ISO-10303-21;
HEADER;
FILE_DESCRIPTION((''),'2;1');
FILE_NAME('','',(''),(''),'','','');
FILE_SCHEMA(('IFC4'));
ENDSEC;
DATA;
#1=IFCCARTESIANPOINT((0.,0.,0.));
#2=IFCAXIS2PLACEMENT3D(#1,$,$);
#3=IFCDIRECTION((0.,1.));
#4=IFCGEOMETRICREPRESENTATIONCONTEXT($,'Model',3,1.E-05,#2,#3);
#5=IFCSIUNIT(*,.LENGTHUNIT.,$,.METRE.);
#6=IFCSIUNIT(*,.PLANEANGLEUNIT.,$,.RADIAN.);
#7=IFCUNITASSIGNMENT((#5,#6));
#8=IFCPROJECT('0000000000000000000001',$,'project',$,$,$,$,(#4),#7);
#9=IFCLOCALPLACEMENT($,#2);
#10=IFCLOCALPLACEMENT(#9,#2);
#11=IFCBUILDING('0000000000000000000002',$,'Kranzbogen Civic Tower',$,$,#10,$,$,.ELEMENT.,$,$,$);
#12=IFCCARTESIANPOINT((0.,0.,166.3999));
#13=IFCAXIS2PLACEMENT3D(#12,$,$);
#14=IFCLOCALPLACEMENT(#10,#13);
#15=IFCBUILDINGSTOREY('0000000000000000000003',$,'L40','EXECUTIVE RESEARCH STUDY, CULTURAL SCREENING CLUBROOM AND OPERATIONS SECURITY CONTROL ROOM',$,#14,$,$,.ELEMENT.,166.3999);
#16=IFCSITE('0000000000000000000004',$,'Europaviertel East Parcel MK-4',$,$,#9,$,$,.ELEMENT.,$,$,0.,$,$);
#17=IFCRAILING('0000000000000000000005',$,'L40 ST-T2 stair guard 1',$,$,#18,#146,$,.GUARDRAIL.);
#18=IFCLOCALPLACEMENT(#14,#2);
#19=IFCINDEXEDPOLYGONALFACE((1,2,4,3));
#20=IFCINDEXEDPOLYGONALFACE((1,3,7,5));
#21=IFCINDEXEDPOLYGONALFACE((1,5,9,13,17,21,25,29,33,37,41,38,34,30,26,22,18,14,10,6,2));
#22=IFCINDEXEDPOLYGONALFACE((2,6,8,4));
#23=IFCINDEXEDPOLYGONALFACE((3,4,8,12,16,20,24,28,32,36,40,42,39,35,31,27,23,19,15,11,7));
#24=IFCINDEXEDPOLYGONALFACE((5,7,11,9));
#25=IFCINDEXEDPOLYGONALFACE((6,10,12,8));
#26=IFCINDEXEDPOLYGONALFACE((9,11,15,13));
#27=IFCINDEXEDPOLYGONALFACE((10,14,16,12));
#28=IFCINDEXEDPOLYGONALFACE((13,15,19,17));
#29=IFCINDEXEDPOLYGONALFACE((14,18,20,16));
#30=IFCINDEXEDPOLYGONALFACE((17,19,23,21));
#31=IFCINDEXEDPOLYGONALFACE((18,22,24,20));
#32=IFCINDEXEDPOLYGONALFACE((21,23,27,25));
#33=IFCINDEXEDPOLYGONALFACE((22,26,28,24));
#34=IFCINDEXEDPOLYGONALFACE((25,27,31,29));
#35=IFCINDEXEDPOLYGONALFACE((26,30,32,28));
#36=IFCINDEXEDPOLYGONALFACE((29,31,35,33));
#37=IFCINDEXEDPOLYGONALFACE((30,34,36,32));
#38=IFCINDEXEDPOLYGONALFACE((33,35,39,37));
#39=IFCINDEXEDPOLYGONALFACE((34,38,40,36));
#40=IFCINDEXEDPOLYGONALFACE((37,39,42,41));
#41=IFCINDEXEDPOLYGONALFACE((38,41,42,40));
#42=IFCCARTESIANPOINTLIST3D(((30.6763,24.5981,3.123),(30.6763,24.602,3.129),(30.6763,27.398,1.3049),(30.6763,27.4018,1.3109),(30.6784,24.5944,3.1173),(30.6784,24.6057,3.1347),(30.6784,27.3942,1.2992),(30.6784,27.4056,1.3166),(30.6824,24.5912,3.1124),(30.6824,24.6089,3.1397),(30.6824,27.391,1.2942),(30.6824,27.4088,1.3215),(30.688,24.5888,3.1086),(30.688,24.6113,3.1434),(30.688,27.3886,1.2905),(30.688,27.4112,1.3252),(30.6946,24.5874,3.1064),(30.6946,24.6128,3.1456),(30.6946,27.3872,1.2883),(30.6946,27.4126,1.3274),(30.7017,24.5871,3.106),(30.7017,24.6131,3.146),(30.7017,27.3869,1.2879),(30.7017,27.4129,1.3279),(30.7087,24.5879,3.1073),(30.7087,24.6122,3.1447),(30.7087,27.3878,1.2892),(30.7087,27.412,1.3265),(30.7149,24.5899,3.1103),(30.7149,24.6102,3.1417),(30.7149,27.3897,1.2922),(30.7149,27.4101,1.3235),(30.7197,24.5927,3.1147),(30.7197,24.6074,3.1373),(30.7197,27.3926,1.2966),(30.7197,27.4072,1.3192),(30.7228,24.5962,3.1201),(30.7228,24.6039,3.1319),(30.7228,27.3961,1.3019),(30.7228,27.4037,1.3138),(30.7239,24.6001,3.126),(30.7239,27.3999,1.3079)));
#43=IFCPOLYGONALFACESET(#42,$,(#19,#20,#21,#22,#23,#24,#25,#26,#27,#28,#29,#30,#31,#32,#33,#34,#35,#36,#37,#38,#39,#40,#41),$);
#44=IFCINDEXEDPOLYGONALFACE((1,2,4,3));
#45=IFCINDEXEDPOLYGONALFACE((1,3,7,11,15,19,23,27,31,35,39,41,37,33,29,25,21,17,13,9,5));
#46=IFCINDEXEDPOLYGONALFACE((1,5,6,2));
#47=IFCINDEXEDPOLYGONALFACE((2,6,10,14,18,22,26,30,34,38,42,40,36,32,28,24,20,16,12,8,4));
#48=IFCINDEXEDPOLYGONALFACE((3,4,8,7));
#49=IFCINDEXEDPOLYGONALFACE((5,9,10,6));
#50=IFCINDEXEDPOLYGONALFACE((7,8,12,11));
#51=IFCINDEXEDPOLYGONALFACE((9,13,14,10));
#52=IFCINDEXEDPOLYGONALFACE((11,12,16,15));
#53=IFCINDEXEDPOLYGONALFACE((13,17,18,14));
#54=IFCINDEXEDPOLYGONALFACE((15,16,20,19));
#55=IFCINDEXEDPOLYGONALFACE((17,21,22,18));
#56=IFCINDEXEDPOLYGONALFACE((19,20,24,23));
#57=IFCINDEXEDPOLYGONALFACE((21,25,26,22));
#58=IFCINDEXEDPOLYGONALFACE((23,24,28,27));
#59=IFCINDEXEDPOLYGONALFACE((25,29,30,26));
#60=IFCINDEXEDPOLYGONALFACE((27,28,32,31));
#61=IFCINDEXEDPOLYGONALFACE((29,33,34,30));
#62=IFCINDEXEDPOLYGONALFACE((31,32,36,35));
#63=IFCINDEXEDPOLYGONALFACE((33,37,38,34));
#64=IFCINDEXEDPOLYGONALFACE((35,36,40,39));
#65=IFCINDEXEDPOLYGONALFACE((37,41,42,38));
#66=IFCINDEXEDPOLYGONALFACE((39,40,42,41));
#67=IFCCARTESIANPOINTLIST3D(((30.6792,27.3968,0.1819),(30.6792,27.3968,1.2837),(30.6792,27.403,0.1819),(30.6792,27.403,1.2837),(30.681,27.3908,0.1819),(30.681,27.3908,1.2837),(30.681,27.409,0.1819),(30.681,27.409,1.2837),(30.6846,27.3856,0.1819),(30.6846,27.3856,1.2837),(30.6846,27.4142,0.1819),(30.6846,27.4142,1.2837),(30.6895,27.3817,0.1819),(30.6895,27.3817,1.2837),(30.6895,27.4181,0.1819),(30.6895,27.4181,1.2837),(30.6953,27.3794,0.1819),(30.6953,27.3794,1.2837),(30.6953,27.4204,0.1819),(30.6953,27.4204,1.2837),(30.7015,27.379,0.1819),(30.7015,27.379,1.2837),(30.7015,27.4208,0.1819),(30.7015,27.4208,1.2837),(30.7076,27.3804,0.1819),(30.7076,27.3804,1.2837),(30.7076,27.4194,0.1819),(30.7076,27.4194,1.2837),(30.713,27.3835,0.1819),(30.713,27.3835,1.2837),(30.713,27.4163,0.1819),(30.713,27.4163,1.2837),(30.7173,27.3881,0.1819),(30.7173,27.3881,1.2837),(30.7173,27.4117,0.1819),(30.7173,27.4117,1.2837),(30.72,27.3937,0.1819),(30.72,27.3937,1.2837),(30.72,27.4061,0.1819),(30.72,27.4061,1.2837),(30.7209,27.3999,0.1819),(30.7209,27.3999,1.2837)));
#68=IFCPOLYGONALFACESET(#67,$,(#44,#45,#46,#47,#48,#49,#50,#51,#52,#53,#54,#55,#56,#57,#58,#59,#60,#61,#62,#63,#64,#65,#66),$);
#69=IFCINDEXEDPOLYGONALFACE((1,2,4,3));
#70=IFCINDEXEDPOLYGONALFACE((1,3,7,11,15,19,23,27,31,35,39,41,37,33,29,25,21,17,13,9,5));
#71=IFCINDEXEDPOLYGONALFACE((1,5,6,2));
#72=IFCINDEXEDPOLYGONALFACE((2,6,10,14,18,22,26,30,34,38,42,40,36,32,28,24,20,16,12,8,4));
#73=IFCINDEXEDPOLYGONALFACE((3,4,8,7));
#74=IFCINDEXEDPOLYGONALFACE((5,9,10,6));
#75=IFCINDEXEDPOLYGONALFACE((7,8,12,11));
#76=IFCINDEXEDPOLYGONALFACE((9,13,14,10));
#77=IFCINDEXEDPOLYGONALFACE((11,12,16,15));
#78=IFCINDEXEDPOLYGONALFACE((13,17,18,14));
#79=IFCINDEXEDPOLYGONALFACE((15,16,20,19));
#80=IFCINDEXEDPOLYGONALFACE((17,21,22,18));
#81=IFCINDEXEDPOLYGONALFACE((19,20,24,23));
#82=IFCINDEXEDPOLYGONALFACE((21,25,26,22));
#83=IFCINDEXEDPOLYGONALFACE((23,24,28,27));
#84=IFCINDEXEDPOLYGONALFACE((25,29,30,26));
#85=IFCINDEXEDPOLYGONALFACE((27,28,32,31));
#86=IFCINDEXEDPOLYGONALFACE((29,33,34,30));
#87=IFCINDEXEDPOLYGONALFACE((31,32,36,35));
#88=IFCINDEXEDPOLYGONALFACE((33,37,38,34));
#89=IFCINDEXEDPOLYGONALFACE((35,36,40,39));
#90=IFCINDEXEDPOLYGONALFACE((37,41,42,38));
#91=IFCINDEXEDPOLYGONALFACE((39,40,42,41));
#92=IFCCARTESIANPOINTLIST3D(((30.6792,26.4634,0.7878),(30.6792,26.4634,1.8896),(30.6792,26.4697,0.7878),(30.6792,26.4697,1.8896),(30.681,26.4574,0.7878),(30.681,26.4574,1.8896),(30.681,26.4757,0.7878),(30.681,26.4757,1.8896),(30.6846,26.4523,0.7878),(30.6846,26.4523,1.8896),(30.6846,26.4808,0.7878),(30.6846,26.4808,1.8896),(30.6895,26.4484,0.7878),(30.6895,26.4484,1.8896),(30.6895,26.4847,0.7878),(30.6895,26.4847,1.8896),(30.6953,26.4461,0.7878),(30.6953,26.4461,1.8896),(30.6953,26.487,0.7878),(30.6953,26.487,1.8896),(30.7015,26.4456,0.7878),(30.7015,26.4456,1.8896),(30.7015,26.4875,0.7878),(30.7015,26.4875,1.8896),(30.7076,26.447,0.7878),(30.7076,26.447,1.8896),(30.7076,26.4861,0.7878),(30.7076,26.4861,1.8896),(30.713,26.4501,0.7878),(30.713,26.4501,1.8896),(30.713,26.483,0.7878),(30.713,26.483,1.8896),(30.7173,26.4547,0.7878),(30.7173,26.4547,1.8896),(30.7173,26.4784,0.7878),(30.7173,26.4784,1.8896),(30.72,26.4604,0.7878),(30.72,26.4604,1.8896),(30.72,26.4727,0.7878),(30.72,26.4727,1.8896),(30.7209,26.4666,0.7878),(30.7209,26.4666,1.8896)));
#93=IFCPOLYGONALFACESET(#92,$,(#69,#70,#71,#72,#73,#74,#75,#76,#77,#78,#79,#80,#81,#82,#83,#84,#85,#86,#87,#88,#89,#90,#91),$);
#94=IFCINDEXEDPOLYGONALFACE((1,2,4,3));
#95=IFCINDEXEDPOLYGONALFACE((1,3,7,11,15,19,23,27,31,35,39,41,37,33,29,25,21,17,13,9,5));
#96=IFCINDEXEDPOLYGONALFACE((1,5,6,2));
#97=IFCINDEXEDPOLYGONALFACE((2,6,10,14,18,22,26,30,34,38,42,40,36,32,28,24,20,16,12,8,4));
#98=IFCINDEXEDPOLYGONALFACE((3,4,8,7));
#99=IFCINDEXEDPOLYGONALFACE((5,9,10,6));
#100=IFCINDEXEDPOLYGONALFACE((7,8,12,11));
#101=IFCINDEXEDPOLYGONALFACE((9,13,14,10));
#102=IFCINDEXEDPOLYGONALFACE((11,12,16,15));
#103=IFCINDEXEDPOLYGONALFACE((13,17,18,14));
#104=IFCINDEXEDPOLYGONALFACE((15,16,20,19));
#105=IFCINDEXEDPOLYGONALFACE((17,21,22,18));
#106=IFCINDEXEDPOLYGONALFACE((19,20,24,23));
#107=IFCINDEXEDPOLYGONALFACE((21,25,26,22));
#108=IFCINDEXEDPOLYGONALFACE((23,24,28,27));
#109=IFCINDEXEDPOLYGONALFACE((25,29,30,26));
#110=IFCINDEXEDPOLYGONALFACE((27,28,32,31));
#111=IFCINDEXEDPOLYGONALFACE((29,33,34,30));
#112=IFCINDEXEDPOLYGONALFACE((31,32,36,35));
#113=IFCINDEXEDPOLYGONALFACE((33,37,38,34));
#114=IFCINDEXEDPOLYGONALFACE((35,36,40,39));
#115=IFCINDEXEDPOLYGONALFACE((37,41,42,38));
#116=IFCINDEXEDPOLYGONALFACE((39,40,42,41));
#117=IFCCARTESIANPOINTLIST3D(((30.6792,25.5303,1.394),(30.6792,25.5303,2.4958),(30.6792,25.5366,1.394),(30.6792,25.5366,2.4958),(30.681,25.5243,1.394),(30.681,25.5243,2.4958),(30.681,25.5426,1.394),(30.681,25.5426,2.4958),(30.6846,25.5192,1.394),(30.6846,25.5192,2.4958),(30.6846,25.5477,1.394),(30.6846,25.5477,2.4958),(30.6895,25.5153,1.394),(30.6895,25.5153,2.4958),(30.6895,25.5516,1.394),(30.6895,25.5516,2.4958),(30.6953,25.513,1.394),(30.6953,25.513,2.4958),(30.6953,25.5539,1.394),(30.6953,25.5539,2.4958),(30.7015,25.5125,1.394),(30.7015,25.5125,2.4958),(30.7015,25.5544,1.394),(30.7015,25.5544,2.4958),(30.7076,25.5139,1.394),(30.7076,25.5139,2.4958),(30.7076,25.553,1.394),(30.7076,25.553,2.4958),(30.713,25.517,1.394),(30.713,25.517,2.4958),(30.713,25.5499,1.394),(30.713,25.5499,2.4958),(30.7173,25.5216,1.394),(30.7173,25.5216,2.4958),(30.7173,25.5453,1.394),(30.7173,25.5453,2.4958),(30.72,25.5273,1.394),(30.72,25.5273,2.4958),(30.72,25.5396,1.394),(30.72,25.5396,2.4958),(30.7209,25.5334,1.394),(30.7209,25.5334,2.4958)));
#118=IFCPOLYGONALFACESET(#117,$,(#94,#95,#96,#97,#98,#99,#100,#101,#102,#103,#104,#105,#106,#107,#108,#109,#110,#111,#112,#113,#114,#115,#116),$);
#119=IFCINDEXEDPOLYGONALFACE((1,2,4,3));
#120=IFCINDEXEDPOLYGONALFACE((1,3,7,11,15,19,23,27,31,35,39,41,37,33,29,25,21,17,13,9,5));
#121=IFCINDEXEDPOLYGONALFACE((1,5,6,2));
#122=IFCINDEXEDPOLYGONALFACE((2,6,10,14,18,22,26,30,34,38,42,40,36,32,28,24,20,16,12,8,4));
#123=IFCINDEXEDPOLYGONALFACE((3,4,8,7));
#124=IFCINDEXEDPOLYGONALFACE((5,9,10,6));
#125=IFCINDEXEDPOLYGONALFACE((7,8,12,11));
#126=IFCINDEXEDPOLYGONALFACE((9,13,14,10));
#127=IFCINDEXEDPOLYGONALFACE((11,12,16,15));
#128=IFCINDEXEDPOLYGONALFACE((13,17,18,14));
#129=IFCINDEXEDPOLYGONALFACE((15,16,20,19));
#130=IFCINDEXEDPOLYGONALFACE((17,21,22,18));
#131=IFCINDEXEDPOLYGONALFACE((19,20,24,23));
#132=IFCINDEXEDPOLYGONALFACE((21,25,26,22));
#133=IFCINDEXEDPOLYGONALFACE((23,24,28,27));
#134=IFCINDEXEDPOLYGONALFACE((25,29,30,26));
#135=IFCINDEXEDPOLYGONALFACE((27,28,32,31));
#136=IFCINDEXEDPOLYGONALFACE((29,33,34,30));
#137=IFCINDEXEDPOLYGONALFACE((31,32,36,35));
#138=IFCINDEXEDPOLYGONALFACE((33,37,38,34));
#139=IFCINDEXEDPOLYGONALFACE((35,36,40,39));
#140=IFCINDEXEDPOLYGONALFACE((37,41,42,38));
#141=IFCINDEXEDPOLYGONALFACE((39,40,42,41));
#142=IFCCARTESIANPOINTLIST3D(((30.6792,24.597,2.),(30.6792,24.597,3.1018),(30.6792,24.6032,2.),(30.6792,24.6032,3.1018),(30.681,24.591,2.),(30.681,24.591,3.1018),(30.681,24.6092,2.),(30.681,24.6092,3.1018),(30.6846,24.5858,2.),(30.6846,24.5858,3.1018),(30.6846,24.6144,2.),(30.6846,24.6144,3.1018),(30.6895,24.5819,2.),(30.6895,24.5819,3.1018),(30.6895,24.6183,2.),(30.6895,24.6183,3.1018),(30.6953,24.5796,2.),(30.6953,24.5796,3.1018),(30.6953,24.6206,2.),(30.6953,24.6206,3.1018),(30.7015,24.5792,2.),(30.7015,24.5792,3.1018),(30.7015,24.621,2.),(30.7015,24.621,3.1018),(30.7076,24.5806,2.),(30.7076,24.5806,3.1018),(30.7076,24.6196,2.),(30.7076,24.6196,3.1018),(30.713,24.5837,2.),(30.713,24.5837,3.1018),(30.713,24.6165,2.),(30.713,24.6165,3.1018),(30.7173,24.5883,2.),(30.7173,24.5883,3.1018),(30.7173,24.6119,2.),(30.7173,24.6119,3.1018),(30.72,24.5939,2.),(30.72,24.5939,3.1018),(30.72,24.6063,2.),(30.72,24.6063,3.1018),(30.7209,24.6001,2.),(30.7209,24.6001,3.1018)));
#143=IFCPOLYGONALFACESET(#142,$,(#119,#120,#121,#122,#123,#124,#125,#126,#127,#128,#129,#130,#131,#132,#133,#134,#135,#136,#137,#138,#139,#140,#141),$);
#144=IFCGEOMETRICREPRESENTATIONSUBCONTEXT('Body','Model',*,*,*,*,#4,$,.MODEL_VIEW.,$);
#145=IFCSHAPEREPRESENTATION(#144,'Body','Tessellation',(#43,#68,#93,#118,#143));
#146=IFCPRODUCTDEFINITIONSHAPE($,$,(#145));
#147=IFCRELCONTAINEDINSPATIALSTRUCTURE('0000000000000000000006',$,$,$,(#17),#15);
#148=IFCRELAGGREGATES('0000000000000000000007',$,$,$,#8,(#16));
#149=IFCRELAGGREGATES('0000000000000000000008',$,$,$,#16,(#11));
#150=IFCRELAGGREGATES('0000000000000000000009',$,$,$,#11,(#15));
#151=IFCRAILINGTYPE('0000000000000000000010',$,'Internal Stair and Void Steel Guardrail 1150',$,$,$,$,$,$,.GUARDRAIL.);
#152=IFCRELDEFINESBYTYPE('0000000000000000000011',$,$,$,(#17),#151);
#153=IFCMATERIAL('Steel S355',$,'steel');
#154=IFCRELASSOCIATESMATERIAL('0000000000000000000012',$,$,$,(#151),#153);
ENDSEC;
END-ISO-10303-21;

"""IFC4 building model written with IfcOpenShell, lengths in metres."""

from ifc_helpers import new_model, si_unit, direction, frame, origin, origin_2d, place, context, subcontext, project, spatial, circle, extrude, material, type_object, element, save


model = new_model("IFC4")

# Units and contexts
model_context = context("Model", 3, precision=1e-05, world=origin(), true_north=direction((0.0, 1.0)))
body_context = subcontext(model_context, "Body", "Model", "MODEL_VIEW")
ifc_project = project(units=[si_unit("LENGTHUNIT", "METRE"), si_unit("PLANEANGLEUNIT", "RADIAN")], contexts=[model_context])

# Site, building, storey
site_placement = place(None, origin())
site = spatial("IfcSite", under=ifc_project, at=site_placement, Name="Europaviertel East Parcel MK-4", CompositionType="ELEMENT", RefElevation=0.0)
building_placement = place(site_placement, origin())
building = spatial("IfcBuilding", under=site, at=building_placement, Name="Kranzbogen Civic Tower", CompositionType="ELEMENT")
storey_placement = place(building_placement, frame((0.0, 0.0, 166.3999)))
storey = spatial("IfcBuildingStorey", under=building, at=storey_placement, Name="L40", Description="EXECUTIVE RESEARCH STUDY, CULTURAL SCREENING CLUBROOM AND OPERATIONS SECURITY CONTROL ROOM", CompositionType="ELEMENT", Elevation=166.3999)

# Shared definitions
ifc_material_1 = material(Name="Steel S355", Category="steel")

# Railing
railing_type_1 = type_object("IfcRailingType", Name="Internal Stair and Void Steel Guardrail 1150", PredefinedType="GUARDRAIL", material=ifc_material_1)
railing_1_placement = place(storey_placement, frame((30.7, 27.3999, 0.1819)))
element("IfcRailing", 1, at=railing_1_placement, inside=storey, type_object=railing_type_1, Name="L40 ST-T2 stair guard 1", PredefinedType="GUARDRAIL", context=body_context, shape_type="SweptSolid", body=[
    extrude(circle(Radius=0.0239, at=origin_2d()), frame((0.0, 0.0, 1.126), z_axis=(0.0, -0.838684, 0.544618), x_axis=(1.0, 0.0, 0.0)), (0.0, 0.0, 1.0), 3.3384),
    extrude(circle(Radius=0.021, at=origin_2d()), origin(), (0.0, 0.0, 1.0), 1.1018),
    extrude(circle(Radius=0.021, at=origin_2d()), frame((0.0, -0.9333, 0.606)), (0.0, 0.0, 1.0), 1.1018),
    extrude(circle(Radius=0.021, at=origin_2d()), frame((0.0, -1.8665, 1.2122)), (0.0, 0.0, 1.0), 1.1018),
    extrude(circle(Radius=0.021, at=origin_2d()), frame((0.0, -2.7998, 1.8181)), (0.0, 0.0, 1.0), 1.1018),
])

save(model, "model.ifc")
